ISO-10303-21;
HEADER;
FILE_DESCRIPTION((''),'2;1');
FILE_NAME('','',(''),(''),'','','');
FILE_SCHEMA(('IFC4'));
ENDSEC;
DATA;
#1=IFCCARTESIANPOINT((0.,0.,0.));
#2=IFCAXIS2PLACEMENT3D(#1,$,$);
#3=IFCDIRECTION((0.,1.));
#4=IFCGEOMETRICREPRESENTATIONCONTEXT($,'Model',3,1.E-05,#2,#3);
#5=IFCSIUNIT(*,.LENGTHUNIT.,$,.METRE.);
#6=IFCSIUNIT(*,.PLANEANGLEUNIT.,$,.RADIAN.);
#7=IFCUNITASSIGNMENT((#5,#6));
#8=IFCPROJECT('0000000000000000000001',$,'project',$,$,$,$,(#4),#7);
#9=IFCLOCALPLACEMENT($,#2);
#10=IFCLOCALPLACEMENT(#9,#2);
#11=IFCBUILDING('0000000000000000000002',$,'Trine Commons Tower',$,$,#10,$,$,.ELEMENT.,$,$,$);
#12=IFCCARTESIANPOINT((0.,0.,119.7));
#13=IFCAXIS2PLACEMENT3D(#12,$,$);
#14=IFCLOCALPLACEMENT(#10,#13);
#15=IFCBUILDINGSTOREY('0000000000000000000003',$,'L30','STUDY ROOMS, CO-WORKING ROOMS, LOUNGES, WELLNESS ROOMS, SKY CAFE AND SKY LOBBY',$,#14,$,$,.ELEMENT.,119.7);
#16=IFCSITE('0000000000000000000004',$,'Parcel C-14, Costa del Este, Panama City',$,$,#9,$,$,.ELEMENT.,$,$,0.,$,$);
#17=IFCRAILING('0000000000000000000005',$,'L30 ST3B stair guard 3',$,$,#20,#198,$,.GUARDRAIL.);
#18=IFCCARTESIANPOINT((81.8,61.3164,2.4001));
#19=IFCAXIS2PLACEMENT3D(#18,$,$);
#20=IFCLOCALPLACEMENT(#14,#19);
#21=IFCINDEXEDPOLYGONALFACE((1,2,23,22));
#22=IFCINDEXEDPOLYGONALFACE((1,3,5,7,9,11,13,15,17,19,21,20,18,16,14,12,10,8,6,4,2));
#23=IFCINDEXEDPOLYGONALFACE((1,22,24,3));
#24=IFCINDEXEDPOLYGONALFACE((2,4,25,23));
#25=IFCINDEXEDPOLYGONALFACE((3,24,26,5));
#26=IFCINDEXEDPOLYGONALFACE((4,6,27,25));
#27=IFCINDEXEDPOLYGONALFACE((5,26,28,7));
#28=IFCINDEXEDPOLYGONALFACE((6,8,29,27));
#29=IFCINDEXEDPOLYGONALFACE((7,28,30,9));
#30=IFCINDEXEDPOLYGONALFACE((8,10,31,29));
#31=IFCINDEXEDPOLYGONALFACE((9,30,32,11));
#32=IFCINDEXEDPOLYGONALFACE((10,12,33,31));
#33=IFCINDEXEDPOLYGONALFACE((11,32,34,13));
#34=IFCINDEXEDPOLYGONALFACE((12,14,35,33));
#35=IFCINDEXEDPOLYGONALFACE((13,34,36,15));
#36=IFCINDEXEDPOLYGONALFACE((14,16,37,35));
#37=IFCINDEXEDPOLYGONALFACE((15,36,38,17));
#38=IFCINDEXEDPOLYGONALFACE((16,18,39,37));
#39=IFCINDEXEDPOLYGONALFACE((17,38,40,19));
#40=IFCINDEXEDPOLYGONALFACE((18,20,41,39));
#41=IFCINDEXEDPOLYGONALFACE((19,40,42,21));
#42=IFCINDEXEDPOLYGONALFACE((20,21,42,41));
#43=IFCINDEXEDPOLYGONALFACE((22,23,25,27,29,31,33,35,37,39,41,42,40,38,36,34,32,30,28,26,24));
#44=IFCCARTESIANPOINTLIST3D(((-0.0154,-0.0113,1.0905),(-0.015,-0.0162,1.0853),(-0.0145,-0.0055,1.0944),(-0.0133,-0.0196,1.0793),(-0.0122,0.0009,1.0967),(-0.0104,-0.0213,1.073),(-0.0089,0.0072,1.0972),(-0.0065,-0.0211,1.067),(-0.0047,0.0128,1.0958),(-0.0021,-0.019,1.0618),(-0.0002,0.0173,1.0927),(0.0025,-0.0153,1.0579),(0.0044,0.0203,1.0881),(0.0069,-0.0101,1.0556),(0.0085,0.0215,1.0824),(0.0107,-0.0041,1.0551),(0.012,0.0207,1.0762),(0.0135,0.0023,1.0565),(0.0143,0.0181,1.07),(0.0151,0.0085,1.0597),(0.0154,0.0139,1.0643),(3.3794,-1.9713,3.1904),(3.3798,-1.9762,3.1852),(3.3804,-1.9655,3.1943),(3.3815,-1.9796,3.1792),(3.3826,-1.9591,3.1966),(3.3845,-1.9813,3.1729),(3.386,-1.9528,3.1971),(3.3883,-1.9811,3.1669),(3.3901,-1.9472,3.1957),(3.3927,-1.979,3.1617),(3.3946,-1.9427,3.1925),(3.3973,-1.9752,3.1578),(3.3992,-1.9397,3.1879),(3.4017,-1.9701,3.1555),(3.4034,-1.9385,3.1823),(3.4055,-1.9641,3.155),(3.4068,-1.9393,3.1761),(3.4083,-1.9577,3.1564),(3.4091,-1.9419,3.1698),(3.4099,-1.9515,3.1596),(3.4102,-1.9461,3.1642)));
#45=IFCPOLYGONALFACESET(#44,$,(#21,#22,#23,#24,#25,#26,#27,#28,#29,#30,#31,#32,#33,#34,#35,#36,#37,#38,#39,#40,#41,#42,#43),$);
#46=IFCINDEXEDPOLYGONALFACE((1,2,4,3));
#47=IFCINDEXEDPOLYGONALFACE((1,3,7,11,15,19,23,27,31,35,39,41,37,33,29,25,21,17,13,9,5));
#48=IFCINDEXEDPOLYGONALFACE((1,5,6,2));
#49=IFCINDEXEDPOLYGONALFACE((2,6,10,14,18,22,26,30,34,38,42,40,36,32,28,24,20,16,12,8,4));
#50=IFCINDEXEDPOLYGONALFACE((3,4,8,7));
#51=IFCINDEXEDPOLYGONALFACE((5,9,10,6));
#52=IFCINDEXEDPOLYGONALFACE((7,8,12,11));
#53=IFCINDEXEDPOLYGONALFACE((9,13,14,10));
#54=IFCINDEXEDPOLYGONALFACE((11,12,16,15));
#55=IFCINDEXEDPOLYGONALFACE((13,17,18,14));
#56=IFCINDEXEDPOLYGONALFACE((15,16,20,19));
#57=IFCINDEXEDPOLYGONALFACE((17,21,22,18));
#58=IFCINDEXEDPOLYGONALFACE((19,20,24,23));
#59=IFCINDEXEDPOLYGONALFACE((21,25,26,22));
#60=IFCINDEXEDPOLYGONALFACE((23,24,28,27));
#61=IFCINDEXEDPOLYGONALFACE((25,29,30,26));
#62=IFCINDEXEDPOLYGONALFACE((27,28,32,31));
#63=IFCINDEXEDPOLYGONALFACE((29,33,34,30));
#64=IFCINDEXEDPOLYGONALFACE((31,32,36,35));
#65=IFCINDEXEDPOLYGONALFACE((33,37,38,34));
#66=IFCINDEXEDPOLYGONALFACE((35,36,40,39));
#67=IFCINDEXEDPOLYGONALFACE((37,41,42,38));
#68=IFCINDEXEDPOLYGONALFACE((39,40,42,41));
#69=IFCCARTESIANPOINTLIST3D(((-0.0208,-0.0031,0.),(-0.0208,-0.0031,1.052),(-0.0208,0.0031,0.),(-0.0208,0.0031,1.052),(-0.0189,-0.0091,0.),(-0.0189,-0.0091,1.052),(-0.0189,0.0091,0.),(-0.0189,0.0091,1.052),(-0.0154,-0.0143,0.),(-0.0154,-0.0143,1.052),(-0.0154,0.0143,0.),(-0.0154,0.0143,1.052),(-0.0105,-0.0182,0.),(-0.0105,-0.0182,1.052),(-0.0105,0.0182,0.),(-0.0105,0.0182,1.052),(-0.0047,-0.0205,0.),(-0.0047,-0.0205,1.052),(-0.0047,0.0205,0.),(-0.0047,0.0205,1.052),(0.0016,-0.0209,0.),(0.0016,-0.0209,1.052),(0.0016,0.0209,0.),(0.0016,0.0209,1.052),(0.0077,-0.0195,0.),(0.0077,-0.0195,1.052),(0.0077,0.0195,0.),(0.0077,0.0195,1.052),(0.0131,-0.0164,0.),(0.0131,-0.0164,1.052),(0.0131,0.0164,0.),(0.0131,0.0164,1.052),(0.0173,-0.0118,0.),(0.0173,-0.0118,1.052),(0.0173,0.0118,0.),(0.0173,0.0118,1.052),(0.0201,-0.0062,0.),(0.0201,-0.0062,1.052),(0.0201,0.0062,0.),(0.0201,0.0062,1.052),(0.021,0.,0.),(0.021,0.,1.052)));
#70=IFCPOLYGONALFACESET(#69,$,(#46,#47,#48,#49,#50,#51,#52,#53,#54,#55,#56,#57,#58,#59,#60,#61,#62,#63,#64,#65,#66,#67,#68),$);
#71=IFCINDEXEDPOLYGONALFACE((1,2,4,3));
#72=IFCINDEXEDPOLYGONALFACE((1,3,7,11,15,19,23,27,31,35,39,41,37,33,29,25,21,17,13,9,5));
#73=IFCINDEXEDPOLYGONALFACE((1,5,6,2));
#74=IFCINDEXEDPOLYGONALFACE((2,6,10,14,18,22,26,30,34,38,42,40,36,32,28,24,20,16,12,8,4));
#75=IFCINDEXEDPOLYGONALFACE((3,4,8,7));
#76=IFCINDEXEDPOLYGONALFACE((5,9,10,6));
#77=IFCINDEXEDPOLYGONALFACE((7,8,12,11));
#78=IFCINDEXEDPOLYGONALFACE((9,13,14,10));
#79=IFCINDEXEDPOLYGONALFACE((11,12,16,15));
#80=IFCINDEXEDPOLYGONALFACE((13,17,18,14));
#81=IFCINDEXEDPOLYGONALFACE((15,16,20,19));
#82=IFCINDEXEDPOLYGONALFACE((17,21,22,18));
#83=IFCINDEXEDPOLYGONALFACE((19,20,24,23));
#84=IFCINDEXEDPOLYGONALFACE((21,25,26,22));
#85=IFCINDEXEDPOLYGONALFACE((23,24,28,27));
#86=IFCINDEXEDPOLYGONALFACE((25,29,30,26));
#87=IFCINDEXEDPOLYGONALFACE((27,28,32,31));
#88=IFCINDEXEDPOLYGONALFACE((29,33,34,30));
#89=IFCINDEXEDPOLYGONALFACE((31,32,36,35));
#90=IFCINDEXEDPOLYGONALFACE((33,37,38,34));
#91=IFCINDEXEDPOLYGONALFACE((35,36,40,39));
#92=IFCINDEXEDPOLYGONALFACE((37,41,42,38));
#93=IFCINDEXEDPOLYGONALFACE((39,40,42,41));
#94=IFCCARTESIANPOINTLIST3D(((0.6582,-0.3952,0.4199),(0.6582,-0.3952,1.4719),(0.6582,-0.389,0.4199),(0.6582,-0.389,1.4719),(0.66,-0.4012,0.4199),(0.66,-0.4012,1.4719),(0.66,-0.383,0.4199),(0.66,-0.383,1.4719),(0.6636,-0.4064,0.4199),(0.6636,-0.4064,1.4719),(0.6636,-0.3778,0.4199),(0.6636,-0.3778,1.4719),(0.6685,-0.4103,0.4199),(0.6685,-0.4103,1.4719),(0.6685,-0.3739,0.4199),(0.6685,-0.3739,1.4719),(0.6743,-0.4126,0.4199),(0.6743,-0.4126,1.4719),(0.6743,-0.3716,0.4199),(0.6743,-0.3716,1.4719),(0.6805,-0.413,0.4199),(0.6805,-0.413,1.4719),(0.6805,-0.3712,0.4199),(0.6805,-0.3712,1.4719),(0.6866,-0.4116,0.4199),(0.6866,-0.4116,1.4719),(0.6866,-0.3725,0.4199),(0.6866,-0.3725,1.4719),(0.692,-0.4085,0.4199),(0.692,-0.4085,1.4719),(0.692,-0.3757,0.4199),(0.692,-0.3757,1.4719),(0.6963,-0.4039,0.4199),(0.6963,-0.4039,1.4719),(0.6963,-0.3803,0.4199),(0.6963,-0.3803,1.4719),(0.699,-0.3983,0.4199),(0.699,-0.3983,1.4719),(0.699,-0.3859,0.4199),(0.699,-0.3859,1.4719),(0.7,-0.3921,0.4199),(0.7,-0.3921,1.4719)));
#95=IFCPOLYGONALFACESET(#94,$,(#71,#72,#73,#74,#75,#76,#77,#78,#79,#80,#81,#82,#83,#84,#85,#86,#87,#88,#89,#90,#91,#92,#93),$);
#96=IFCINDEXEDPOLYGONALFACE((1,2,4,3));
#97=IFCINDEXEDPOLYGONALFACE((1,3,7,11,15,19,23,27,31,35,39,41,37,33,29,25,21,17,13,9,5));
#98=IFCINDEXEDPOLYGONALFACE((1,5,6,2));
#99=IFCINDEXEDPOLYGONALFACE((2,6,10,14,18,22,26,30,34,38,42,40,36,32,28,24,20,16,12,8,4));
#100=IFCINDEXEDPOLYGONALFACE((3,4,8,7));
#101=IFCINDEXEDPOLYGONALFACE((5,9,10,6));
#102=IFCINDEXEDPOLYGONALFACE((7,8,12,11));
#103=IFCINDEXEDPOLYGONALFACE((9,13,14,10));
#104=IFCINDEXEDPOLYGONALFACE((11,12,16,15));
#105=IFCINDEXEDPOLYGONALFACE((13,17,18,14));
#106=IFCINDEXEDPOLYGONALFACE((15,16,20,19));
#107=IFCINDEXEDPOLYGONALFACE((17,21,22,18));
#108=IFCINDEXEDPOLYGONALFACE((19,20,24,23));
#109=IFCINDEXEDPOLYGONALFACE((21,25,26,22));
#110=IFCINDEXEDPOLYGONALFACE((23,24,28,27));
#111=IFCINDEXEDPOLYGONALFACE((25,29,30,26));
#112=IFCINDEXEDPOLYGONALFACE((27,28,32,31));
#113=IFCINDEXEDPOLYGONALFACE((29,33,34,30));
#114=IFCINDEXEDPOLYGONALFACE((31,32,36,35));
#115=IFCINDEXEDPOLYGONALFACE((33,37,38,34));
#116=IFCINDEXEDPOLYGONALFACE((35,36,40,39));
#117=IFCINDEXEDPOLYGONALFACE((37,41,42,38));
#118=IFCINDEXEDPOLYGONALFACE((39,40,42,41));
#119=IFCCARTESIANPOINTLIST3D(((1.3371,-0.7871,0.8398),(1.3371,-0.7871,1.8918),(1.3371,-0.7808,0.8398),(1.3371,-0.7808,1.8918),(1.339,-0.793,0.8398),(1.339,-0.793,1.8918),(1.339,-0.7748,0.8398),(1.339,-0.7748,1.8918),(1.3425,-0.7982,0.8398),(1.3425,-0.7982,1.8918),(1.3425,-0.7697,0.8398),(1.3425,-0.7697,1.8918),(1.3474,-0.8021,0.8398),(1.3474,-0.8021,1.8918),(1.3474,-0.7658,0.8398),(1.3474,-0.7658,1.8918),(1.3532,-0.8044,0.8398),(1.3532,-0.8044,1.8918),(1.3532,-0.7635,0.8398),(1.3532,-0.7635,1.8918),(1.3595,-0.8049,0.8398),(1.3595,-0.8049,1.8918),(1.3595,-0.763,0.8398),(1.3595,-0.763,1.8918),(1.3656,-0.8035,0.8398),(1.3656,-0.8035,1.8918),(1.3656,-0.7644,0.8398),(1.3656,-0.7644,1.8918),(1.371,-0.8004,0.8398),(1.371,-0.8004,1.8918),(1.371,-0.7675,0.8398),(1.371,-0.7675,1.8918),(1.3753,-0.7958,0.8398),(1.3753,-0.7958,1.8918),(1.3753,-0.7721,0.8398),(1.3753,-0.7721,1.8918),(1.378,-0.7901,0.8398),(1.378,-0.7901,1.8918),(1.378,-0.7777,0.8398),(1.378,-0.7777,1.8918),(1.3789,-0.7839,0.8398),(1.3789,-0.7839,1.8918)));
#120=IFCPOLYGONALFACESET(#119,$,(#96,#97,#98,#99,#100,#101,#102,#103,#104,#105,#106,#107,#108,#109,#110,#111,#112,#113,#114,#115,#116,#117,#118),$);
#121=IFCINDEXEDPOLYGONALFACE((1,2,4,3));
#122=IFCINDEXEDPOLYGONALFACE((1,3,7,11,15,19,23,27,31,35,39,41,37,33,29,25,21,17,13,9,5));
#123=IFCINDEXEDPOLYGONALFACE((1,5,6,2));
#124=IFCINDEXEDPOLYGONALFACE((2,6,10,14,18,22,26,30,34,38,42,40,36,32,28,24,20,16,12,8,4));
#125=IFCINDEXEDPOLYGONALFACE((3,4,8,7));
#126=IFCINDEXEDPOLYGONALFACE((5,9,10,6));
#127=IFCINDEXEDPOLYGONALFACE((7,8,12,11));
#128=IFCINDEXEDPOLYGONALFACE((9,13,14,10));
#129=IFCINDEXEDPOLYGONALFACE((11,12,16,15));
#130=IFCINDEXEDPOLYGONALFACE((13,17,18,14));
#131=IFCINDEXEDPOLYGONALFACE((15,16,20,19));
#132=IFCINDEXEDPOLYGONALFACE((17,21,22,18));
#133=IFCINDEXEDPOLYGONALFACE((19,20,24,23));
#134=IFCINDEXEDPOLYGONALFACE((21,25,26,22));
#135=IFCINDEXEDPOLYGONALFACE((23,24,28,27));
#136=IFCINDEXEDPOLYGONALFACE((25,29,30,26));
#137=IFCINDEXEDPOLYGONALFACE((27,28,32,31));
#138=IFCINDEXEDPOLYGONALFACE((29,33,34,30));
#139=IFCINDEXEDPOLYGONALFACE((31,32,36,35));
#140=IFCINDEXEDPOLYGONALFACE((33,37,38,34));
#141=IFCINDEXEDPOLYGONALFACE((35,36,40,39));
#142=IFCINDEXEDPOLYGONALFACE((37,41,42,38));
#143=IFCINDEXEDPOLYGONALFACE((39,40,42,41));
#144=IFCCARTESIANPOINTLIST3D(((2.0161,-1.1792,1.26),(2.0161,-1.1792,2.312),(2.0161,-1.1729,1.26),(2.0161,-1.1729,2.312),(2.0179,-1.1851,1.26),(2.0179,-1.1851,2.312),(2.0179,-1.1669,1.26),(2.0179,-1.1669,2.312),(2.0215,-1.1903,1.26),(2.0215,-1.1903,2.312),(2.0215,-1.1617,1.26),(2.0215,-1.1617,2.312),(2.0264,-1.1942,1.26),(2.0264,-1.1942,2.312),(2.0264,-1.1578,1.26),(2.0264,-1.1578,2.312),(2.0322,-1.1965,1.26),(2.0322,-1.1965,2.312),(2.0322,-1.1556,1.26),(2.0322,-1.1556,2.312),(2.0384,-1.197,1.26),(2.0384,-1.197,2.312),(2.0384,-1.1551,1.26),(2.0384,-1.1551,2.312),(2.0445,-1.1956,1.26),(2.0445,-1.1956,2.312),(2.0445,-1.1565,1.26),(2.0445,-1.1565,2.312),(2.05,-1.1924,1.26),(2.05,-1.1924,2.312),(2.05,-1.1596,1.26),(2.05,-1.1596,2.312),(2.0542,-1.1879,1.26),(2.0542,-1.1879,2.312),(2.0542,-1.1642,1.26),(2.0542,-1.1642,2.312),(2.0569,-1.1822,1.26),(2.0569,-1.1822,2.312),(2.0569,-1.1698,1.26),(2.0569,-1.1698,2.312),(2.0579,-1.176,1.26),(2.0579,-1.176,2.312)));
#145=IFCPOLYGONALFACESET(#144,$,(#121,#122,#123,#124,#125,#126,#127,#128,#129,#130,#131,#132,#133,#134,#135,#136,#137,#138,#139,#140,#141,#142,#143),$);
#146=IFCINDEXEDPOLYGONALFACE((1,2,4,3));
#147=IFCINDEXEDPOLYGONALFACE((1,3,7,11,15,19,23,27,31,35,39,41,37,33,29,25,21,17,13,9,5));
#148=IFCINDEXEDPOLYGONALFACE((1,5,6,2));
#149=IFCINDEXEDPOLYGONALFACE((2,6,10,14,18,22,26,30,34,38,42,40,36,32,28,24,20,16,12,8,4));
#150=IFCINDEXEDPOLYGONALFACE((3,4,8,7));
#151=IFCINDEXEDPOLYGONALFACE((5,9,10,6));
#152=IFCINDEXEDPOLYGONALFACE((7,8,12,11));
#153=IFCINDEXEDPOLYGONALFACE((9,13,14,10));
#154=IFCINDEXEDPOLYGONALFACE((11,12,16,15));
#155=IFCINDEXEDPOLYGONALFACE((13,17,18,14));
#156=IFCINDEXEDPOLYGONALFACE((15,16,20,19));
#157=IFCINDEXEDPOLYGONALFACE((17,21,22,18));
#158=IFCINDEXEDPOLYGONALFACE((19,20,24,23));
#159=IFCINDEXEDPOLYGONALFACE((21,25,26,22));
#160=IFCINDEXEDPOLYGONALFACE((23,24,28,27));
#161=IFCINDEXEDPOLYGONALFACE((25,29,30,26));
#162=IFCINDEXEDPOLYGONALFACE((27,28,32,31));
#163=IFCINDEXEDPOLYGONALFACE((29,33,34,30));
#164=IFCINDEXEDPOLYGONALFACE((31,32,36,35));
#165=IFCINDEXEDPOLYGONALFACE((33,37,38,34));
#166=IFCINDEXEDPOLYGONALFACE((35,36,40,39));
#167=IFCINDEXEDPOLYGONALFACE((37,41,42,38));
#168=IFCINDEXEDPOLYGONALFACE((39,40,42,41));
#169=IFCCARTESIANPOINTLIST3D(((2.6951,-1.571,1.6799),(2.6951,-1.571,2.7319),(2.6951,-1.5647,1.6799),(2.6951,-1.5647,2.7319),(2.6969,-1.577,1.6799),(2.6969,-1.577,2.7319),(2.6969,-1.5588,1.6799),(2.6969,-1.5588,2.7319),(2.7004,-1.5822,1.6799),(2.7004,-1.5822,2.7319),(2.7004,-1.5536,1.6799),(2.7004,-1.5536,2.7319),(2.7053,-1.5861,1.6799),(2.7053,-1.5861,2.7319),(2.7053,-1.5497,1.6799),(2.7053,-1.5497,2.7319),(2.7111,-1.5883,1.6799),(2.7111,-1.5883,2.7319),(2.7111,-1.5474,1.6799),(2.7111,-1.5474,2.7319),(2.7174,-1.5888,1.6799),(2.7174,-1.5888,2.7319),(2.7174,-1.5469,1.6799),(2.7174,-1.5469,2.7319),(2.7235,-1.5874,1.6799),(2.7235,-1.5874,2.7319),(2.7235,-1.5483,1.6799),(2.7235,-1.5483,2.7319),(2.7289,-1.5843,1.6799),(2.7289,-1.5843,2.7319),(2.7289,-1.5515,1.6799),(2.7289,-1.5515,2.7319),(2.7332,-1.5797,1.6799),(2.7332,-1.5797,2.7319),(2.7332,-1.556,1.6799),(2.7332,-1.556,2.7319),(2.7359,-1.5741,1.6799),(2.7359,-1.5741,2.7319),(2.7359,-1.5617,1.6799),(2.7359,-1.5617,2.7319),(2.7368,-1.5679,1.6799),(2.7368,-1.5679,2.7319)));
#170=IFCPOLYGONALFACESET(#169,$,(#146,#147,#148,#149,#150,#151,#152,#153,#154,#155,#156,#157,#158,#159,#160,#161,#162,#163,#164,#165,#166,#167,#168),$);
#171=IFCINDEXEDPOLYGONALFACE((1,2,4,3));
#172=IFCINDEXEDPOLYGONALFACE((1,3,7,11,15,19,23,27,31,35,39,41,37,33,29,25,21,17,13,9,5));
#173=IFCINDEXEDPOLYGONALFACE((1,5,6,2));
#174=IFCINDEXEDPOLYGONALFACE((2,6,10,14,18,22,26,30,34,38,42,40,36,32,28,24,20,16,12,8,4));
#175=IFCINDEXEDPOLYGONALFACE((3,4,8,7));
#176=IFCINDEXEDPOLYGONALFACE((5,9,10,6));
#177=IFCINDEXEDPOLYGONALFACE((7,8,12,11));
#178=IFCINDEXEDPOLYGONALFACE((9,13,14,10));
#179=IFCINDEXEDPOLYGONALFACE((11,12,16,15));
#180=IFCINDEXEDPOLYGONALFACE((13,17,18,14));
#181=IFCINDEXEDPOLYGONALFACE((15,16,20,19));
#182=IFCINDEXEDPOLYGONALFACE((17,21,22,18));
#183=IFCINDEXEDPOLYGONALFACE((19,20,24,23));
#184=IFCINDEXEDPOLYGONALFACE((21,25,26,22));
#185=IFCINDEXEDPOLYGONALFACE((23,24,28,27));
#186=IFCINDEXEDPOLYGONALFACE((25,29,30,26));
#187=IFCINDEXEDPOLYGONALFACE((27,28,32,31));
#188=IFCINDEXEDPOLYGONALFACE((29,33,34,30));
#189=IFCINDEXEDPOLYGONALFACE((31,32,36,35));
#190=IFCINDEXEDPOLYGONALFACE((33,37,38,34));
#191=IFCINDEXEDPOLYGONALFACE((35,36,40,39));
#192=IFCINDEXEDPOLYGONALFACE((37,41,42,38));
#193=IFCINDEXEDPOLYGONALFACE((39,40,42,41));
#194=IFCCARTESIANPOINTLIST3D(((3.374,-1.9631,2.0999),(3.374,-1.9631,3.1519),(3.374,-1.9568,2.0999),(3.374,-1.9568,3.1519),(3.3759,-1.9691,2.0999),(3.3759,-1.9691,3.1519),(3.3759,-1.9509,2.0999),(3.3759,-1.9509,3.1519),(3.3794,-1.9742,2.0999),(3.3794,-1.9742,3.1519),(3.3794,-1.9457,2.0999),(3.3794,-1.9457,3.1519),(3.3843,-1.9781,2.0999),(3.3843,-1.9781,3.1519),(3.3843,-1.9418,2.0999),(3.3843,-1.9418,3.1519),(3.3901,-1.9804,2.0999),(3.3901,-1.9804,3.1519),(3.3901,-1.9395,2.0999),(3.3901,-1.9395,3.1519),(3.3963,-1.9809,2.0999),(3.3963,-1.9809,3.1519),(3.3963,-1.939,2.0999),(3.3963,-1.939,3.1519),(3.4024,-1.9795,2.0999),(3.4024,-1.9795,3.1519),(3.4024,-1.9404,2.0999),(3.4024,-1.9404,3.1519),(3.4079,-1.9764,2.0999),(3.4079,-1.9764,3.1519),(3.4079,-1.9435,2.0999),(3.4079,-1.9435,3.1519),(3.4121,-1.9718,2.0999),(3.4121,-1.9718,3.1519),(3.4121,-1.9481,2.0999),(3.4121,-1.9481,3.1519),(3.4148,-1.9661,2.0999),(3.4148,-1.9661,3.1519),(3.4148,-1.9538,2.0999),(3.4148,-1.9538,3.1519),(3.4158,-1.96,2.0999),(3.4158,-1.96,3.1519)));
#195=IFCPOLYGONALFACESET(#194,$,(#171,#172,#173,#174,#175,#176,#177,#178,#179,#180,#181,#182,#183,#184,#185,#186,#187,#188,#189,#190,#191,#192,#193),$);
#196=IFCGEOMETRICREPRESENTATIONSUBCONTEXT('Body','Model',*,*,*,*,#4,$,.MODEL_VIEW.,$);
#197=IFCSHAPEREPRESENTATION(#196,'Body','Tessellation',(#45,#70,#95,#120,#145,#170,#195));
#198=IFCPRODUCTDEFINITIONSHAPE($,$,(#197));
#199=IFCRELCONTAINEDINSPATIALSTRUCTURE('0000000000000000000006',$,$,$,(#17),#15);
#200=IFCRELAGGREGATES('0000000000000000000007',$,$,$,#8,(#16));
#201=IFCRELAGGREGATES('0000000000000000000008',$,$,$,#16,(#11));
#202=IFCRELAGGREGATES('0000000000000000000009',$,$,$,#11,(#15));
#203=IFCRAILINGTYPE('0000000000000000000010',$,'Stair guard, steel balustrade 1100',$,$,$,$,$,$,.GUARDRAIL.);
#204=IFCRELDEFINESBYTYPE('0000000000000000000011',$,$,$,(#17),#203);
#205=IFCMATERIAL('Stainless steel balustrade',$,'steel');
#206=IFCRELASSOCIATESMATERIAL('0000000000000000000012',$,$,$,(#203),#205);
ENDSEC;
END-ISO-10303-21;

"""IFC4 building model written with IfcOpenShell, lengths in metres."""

from ifc_helpers import new_model, si_unit, direction, frame, origin, origin_2d, place, context, subcontext, project, spatial, circle, extrude, material, type_object, element, save


model = new_model("IFC4")

# Units and contexts
model_context = context("Model", 3, precision=1e-05, world=origin(), true_north=direction((0.0, 1.0)))
body_context = subcontext(model_context, "Body", "Model", "MODEL_VIEW")
ifc_project = project(units=[si_unit("LENGTHUNIT", "METRE"), si_unit("PLANEANGLEUNIT", "RADIAN")], contexts=[model_context])

# Site, building, storey
site_placement = place(None, origin())
site = spatial("IfcSite", under=ifc_project, at=site_placement, Name="Parcel C-14, Costa del Este, Panama City", CompositionType="ELEMENT", RefElevation=0.0)
building_placement = place(site_placement, origin())
building = spatial("IfcBuilding", under=site, at=building_placement, Name="Trine Commons Tower", CompositionType="ELEMENT")
storey_placement = place(building_placement, frame((0.0, 0.0, 119.7)))
storey = spatial("IfcBuildingStorey", under=building, at=storey_placement, Name="L30", Description="STUDY ROOMS, CO-WORKING ROOMS, LOUNGES, WELLNESS ROOMS, SKY CAFE AND SKY LOBBY", CompositionType="ELEMENT", Elevation=119.7)

# Railing
ifc_material_1 = material(Name="Stainless steel balustrade", Category="steel")
railing_type_1 = type_object("IfcRailingType", Name="Stair guard, steel balustrade 1100", PredefinedType="GUARDRAIL", material=ifc_material_1)
railing_1_placement = place(storey_placement, frame((81.8, 61.3164, 2.4001)))
element("IfcRailing", 1, at=railing_1_placement, inside=storey, type_object=railing_type_1, Name="L30 ST3B stair guard 3", PredefinedType="GUARDRAIL", context=body_context, shape_type="SweptSolid", body=[
    extrude(circle(Radius=0.0239, at=origin_2d()), frame((0.0, 0.0, 1.0762), z_axis=(0.763395, -0.440743, 0.472201), x_axis=(0.499997, 0.866027, 0.0)), (0.0, 0.0, 1.0), 4.447),
    extrude(circle(Radius=0.021, at=origin_2d()), origin(), (0.0, 0.0, 1.0), 1.052),
    extrude(circle(Radius=0.021, at=origin_2d()), frame((0.679, -0.3921, 0.4199)), (0.0, 0.0, 1.0), 1.052),
    extrude(circle(Radius=0.021, at=origin_2d()), frame((1.3579, -0.7839, 0.8398)), (0.0, 0.0, 1.0), 1.052),
    extrude(circle(Radius=0.021, at=origin_2d()), frame((2.0369, -1.176, 1.26)), (0.0, 0.0, 1.0), 1.052),
    extrude(circle(Radius=0.021, at=origin_2d()), frame((2.7158, -1.5679, 1.6799)), (0.0, 0.0, 1.0), 1.052),
    extrude(circle(Radius=0.021, at=origin_2d()), frame((3.3948, -1.96, 2.0999)), (0.0, 0.0, 1.0), 1.052),
])

save(model, "model.ifc")
